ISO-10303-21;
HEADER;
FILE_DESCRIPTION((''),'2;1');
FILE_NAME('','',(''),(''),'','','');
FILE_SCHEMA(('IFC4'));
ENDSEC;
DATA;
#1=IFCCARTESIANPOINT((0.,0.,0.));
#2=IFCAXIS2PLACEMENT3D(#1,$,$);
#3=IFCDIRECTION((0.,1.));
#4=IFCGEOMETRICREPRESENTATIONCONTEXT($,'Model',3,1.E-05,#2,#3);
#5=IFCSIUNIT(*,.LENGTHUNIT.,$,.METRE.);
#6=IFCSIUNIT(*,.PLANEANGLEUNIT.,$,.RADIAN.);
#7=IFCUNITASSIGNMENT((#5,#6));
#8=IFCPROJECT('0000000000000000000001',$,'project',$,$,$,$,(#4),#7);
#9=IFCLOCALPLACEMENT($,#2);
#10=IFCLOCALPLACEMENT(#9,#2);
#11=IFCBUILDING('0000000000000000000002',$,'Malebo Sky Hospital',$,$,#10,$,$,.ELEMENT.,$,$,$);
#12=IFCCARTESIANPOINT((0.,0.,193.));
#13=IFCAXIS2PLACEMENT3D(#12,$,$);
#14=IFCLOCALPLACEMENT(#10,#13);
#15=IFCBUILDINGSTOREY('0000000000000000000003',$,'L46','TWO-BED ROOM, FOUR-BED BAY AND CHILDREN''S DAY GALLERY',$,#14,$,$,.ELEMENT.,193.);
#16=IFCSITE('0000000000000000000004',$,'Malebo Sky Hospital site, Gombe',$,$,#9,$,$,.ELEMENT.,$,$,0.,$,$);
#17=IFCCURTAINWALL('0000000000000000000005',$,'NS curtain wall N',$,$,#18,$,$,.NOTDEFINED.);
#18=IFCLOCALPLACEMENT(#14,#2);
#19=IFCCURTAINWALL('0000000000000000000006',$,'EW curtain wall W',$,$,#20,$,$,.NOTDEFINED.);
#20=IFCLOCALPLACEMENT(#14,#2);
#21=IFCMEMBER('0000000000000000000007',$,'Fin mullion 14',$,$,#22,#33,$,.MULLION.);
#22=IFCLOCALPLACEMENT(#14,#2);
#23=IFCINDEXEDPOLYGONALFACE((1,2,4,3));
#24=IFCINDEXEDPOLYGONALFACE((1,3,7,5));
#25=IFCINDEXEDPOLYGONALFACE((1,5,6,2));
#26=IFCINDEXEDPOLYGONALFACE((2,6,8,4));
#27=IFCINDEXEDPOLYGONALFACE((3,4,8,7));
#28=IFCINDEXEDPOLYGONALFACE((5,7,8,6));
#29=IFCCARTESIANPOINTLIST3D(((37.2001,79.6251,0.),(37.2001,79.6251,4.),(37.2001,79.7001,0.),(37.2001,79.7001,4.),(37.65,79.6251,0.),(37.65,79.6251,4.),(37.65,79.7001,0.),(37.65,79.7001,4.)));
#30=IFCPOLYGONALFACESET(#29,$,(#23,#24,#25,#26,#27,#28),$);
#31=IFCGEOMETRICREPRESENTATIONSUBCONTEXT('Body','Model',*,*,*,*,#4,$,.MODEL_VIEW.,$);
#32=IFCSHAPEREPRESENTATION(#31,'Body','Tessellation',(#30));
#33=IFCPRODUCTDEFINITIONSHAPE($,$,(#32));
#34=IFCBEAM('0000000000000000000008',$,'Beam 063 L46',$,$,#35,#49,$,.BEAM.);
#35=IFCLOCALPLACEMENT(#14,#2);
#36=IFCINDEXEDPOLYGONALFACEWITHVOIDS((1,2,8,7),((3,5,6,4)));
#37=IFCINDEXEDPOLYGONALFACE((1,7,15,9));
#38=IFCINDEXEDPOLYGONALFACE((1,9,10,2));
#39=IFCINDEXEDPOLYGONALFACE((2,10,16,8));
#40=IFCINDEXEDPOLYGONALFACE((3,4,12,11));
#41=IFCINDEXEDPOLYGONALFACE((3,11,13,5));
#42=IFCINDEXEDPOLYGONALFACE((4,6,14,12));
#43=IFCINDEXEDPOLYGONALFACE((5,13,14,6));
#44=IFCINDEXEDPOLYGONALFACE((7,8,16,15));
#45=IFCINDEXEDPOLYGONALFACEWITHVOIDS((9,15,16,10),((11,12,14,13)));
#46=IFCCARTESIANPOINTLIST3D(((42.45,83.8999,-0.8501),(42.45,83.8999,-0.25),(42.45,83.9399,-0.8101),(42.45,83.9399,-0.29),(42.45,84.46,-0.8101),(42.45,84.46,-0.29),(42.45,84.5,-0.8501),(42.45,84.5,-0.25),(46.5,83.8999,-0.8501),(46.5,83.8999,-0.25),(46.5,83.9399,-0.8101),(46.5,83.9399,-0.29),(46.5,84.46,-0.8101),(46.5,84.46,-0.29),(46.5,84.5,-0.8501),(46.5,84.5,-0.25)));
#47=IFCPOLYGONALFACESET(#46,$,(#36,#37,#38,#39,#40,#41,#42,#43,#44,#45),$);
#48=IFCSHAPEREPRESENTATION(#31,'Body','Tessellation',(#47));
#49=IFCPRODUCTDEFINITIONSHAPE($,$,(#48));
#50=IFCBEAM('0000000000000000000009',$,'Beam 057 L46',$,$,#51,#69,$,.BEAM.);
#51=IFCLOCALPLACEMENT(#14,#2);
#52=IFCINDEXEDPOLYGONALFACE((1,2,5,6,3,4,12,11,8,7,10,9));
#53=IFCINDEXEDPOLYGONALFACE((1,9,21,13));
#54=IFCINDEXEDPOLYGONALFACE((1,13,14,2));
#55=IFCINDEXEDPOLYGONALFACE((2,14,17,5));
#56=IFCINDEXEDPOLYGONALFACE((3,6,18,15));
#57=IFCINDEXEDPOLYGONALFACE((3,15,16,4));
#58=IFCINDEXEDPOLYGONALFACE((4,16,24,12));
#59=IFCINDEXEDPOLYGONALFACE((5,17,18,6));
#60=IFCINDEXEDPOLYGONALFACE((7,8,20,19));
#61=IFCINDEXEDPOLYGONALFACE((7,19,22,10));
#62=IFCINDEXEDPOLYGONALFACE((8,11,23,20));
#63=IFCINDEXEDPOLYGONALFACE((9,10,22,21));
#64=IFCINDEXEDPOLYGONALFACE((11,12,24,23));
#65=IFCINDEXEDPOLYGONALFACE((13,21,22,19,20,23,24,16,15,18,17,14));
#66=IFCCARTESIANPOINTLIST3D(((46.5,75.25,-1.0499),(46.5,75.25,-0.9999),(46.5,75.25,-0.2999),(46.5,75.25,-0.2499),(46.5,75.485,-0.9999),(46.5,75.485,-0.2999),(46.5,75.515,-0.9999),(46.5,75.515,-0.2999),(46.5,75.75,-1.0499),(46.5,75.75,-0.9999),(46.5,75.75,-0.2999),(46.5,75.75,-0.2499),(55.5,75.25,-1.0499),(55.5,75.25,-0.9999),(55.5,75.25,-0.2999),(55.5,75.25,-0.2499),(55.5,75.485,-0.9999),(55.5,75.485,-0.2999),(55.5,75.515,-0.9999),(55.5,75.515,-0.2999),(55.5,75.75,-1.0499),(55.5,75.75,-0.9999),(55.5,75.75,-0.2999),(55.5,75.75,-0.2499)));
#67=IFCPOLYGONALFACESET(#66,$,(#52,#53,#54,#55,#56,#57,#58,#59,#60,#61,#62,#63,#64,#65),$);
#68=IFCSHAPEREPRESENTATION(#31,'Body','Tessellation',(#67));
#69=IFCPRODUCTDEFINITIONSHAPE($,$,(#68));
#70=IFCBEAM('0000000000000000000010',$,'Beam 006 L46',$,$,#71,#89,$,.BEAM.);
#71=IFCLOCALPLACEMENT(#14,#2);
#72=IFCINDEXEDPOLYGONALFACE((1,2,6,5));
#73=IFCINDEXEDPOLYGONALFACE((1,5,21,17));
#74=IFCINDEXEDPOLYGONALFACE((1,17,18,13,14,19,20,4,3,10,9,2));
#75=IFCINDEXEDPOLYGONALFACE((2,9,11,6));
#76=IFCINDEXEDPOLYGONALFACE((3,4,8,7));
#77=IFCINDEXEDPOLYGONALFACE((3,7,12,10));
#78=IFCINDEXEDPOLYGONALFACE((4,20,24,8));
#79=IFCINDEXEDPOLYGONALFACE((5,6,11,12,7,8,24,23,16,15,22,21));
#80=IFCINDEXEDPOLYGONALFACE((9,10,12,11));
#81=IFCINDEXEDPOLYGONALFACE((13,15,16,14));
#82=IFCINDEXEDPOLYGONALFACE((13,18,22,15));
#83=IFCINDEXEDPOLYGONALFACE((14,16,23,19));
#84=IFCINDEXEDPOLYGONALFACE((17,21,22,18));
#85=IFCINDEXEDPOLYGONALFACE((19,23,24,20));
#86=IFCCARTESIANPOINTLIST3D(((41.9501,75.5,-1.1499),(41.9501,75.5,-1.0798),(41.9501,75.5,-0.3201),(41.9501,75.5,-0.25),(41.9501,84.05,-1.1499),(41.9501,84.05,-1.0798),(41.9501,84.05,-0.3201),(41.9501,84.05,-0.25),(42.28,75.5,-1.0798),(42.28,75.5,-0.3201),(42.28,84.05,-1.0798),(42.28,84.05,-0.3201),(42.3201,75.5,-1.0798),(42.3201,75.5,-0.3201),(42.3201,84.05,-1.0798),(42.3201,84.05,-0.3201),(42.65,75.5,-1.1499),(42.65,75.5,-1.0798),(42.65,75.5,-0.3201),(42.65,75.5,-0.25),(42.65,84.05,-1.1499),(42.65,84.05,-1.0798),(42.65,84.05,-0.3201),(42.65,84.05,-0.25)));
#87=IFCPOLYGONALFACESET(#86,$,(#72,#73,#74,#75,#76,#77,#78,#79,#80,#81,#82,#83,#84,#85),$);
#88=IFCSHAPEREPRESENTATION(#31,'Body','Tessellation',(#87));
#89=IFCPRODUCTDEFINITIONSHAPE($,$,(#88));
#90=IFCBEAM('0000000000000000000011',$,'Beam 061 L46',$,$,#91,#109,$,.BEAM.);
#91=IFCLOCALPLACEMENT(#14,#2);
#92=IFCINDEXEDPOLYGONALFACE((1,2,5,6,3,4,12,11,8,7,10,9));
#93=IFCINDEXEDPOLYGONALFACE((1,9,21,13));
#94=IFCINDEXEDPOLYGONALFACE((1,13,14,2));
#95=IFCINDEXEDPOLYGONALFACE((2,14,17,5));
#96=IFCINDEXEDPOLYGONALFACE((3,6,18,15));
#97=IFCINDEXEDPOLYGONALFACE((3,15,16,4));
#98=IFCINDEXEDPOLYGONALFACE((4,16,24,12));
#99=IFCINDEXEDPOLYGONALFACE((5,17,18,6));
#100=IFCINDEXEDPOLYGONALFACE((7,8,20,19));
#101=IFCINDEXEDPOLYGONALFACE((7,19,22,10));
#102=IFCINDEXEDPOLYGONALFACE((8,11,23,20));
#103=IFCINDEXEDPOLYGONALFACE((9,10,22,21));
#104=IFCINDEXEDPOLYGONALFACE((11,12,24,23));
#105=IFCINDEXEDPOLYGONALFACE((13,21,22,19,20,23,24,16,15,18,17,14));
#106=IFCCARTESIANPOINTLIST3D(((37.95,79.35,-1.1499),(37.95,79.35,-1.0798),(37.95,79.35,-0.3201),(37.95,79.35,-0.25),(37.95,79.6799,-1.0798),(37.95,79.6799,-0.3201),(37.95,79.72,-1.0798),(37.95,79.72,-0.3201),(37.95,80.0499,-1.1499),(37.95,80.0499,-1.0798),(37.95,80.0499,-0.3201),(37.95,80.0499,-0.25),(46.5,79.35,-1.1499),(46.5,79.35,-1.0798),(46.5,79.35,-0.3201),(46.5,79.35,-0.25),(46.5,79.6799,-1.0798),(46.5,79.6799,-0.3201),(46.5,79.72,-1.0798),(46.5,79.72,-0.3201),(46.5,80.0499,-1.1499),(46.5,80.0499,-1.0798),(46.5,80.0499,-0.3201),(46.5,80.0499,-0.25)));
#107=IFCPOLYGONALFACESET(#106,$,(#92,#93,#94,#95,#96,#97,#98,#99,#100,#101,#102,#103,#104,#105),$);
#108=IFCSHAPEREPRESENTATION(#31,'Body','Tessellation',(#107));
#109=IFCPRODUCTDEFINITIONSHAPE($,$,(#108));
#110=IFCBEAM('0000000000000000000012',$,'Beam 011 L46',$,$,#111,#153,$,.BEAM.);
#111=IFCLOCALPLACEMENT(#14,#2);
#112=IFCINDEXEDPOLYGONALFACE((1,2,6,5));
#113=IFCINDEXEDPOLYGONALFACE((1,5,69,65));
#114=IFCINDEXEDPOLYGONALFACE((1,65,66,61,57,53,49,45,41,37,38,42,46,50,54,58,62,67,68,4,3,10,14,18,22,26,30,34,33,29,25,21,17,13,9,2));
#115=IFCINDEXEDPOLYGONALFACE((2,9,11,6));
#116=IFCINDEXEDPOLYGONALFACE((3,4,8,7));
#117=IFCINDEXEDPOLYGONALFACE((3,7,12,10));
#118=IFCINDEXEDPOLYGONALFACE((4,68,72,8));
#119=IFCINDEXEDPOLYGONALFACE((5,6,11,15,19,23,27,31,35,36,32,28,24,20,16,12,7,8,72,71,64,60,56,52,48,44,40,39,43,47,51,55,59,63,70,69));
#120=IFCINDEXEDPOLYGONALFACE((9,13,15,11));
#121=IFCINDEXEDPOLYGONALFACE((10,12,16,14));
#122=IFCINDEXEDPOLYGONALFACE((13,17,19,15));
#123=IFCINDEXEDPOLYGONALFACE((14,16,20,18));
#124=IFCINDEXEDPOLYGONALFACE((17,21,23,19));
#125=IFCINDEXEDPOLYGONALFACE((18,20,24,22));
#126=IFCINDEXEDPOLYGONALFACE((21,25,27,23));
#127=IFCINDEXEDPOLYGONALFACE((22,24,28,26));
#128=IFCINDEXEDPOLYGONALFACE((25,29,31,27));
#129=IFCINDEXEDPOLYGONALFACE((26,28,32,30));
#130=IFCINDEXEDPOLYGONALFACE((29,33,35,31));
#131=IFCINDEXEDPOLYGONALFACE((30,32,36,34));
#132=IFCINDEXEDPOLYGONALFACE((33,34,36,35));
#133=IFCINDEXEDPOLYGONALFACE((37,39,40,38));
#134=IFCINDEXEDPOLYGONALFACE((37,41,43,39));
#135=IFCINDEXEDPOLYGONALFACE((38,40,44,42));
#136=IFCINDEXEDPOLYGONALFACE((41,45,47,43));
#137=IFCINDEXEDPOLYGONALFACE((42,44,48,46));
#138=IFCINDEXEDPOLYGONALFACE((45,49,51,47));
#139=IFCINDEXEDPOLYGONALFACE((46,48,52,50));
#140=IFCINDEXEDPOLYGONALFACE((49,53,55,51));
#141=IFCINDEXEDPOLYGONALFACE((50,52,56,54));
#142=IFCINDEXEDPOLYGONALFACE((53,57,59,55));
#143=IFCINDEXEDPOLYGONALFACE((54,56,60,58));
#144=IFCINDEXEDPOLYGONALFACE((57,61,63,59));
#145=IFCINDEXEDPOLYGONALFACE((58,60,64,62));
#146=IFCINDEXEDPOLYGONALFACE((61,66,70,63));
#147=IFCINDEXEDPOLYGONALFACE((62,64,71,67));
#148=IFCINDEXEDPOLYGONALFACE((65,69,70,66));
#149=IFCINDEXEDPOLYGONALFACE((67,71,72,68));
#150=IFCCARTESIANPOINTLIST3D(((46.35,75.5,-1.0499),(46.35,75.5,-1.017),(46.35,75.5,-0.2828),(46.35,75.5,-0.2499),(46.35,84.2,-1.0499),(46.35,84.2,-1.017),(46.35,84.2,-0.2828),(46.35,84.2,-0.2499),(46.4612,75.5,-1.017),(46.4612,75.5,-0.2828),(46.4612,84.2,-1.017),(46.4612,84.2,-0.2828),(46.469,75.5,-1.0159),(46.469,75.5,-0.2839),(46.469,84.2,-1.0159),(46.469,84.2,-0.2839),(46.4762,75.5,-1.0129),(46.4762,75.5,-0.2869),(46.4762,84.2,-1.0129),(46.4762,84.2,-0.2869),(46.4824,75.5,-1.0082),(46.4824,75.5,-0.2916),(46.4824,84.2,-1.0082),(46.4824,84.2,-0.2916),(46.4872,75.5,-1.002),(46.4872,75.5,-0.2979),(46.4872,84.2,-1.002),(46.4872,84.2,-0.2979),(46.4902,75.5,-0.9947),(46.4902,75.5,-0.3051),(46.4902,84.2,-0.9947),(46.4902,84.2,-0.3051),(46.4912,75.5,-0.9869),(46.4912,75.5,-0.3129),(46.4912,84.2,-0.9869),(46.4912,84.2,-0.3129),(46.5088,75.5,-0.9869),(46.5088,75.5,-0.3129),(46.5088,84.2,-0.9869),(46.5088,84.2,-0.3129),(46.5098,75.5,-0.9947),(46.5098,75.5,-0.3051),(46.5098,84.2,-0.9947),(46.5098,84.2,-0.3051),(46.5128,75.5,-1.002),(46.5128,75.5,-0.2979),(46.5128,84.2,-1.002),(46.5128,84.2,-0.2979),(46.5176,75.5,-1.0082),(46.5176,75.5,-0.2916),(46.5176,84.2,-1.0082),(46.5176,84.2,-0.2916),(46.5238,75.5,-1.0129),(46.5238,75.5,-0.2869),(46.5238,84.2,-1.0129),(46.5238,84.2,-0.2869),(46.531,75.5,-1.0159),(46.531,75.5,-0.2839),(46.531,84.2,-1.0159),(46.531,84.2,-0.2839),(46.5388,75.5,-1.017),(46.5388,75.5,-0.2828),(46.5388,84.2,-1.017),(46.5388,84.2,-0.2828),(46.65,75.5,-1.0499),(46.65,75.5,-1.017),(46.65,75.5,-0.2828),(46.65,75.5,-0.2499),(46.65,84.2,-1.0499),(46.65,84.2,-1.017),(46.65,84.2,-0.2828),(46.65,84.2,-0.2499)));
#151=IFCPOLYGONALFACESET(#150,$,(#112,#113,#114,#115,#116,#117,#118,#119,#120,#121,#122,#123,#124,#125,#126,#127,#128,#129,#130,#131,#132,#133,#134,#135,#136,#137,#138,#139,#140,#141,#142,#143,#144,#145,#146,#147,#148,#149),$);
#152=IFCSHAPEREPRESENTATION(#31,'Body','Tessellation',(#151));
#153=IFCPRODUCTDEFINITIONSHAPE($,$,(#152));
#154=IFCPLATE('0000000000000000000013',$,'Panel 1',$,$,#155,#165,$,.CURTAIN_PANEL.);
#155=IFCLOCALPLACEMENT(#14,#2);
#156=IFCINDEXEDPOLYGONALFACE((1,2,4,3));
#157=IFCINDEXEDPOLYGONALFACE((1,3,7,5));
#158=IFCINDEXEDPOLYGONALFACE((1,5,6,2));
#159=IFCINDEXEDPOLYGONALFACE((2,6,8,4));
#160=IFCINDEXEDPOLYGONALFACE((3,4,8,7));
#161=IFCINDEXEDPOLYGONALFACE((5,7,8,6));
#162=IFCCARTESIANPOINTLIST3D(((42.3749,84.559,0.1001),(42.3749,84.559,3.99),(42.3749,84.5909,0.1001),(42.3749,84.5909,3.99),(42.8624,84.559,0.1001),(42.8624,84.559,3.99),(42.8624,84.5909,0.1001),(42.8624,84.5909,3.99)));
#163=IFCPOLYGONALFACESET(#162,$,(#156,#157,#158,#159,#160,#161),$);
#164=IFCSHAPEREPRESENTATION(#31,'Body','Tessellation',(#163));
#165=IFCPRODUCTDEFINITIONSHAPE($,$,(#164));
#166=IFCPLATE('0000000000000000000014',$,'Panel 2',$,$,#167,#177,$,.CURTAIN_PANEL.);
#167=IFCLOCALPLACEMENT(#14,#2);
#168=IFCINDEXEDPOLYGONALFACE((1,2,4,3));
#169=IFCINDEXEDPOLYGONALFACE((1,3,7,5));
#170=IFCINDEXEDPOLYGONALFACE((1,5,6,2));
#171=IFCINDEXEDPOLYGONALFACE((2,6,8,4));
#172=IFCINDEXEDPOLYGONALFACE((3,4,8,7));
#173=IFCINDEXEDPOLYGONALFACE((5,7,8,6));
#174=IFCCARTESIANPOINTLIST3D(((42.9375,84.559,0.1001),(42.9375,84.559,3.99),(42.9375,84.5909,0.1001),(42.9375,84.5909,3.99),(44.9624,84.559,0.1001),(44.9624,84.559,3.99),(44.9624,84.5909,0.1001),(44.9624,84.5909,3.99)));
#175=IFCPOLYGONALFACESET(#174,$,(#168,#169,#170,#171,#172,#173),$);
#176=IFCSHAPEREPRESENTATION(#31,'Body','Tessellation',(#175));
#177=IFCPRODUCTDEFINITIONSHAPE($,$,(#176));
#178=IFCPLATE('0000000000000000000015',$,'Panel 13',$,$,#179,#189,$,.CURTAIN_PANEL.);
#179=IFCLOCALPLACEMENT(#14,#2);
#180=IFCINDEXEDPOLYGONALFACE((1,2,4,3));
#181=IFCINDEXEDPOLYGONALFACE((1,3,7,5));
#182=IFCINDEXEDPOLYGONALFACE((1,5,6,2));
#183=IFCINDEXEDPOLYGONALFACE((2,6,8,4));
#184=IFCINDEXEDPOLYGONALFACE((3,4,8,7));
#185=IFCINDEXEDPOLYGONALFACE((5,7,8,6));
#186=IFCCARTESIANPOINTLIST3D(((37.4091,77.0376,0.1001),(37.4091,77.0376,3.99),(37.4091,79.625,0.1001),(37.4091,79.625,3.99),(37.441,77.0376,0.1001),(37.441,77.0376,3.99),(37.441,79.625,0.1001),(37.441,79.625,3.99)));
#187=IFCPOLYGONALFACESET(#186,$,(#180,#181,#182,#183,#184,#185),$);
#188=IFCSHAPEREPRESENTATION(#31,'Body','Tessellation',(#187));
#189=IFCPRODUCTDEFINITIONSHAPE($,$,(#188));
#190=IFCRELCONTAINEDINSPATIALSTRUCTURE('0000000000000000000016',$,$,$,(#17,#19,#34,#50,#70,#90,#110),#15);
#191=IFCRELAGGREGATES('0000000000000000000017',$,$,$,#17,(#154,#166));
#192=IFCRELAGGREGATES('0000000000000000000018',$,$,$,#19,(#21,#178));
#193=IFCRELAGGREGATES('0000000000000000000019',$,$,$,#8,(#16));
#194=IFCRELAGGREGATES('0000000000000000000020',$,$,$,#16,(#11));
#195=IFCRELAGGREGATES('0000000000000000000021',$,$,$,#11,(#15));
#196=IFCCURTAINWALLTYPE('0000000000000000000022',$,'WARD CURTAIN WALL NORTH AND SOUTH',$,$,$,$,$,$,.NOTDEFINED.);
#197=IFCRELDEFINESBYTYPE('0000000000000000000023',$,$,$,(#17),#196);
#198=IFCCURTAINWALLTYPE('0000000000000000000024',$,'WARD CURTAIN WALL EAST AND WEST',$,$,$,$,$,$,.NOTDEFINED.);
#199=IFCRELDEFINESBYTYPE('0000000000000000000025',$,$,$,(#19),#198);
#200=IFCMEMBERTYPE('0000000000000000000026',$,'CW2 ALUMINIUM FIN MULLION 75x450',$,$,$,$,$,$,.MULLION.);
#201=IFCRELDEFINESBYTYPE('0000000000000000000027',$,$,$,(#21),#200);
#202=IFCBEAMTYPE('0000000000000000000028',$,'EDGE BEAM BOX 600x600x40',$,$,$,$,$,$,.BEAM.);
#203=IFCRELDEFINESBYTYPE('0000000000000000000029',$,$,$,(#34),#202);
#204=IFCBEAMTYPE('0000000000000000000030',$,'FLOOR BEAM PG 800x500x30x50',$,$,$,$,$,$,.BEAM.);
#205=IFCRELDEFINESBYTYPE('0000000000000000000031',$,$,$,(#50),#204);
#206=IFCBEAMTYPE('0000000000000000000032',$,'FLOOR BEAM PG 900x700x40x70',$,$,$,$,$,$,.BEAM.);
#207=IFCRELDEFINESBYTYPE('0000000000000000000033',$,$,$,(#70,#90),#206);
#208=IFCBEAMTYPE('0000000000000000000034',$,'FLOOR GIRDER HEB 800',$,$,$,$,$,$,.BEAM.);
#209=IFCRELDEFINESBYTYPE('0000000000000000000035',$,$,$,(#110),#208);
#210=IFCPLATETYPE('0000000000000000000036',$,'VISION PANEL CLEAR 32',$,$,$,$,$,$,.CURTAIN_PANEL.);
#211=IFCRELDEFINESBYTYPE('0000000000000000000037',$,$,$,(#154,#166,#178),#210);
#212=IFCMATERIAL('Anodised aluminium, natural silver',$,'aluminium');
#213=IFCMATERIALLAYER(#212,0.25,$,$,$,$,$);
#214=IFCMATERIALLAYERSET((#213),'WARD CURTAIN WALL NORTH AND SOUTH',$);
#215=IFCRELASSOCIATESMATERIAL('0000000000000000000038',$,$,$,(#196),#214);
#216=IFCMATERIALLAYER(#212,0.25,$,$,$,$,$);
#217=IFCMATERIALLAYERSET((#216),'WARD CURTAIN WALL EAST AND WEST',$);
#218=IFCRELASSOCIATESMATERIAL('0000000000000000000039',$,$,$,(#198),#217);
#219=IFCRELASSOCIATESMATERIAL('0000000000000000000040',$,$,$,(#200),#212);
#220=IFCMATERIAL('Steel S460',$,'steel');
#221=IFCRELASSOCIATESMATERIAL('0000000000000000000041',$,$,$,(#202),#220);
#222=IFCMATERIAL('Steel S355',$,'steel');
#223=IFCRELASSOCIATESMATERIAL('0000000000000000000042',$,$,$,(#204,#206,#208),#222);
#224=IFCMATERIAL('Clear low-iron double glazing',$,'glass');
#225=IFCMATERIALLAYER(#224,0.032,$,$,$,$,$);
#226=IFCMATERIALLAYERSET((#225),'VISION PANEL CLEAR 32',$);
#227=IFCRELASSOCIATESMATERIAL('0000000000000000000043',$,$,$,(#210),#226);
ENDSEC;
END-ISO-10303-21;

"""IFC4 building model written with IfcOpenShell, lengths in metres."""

from ifc_helpers import new_model, si_unit, direction, frame, origin, origin_2d, place, context, subcontext, project, spatial, rectangle, hollow_rectangle, i_section, extrude, material, layer, layer_set, material_profile, profile_set, type_object, element, aggregate, save


model = new_model("IFC4")

# Units and contexts
model_context = context("Model", 3, precision=1e-05, world=origin(), true_north=direction((0.0, 1.0)))
body_context = subcontext(model_context, "Body", "Model", "MODEL_VIEW")
ifc_project = project(units=[si_unit("LENGTHUNIT", "METRE"), si_unit("PLANEANGLEUNIT", "RADIAN")], contexts=[model_context])

# Site, building, storey
site_placement = place(None, origin())
site = spatial("IfcSite", under=ifc_project, at=site_placement, Name="Malebo Sky Hospital site, Gombe", CompositionType="ELEMENT", RefElevation=0.0)
building_placement = place(site_placement, origin())
building = spatial("IfcBuilding", under=site, at=building_placement, Name="Malebo Sky Hospital", CompositionType="ELEMENT")
storey_placement = place(building_placement, frame((0.0, 0.0, 193.0)))
storey = spatial("IfcBuildingStorey", under=building, at=storey_placement, Name="L46", Description="TWO-BED ROOM, FOUR-BED BAY AND CHILDREN'S DAY GALLERY", CompositionType="ELEMENT", Elevation=193.0)

# Shared definitions
ifc_material_1 = material(Name="Steel S460", Category="steel")

# Curtain wall
ifc_material_2 = material(Name="Anodised aluminium, natural silver", Category="aluminium")
ifc_layer_1 = layer(ifc_material_2, 0.25)
ifc_layer_set_1 = layer_set([ifc_layer_1], Name="WARD CURTAIN WALL NORTH AND SOUTH")
curtain_wall_type_1 = type_object("IfcCurtainWallType", Name="WARD CURTAIN WALL NORTH AND SOUTH", PredefinedType="NOTDEFINED", material=ifc_layer_set_1)
curtain_wall_1_placement = place(storey_placement, origin())
curtain_wall_1 = element("IfcCurtainWall", 1, at=curtain_wall_1_placement, inside=storey, type_object=curtain_wall_type_1, Name="NS curtain wall N", PredefinedType="NOTDEFINED")

# Curtain wall
ifc_layer_2 = layer(ifc_material_2, 0.25)
ifc_layer_set_2 = layer_set([ifc_layer_2], Name="WARD CURTAIN WALL EAST AND WEST")
curtain_wall_type_2 = type_object("IfcCurtainWallType", Name="WARD CURTAIN WALL EAST AND WEST", PredefinedType="NOTDEFINED", material=ifc_layer_set_2)
curtain_wall_2_placement = place(storey_placement, origin())
curtain_wall_2 = element("IfcCurtainWall", 2, at=curtain_wall_2_placement, inside=storey, type_object=curtain_wall_type_2, Name="EW curtain wall W", PredefinedType="NOTDEFINED")

# Member
ifc_material_profile_1 = material_profile(ifc_material_2, rectangle(XDim=0.075, YDim=0.45, at=origin_2d()), Name="CW2 ALUMINIUM FIN MULLION 75x450")
ifc_profile_set_1 = profile_set([ifc_material_profile_1], Name="Anodised aluminium, natural silver")
member_type_1 = type_object("IfcMemberType", Name="CW2 ALUMINIUM FIN MULLION 75x450", PredefinedType="MULLION", material=ifc_profile_set_1)
member_1_placement = place(storey_placement, frame((37.425, 79.6626, 0.0), z_axis=(0.0, 0.0, 1.0), x_axis=(0.0, 1.0, 0.0)))
member_1 = element("IfcMember", 3, at=member_1_placement, type_object=member_type_1, Name="Fin mullion 14", PredefinedType="MULLION", context=body_context, shape_type="SweptSolid", body=[
    extrude(rectangle(XDim=0.075, YDim=0.45, at=origin_2d()), origin(), (0.0, 0.0, 1.0), 4.0),
])

# Beams
ifc_material_profile_2 = material_profile(ifc_material_1, hollow_rectangle(XDim=0.6001, YDim=0.6001, WallThickness=0.04, at=origin_2d()), Name="BOX 600x600x40")
ifc_profile_set_2 = profile_set([ifc_material_profile_2], Name="Steel S460")
beam_type_1 = type_object("IfcBeamType", Name="EDGE BEAM BOX 600x600x40", PredefinedType="BEAM", material=ifc_profile_set_2)
beam_1_placement = place(storey_placement, frame((42.45, 84.2, -0.55), z_axis=(1.0, 0.0, 0.0), x_axis=(0.0, 1.0, 0.0)))
element("IfcBeam", 4, at=beam_1_placement, inside=storey, type_object=beam_type_1, Name="Beam 063 L46", PredefinedType="BEAM", context=body_context, shape_type="SweptSolid", body=[
    extrude(hollow_rectangle(XDim=0.6001, YDim=0.6001, WallThickness=0.04, at=origin_2d()), origin(), (0.0, 0.0, 1.0), 4.05),
])
ifc_material_3 = material(Name="Steel S355", Category="steel")
ifc_material_profile_3 = material_profile(ifc_material_3, i_section(OverallWidth=0.5, OverallDepth=0.8, WebThickness=0.03, FlangeThickness=0.05, at=origin_2d()), Name="PG 800x500x30x50")
ifc_profile_set_3 = profile_set([ifc_material_profile_3], Name="Steel S355")
beam_type_2 = type_object("IfcBeamType", Name="FLOOR BEAM PG 800x500x30x50", PredefinedType="BEAM", material=ifc_profile_set_3)
beam_2_placement = place(storey_placement, frame((46.5, 75.5, -0.6499), z_axis=(1.0, 0.0, 0.0), x_axis=(0.0, 1.0, 0.0)))
element("IfcBeam", 5, at=beam_2_placement, inside=storey, type_object=beam_type_2, Name="Beam 057 L46", PredefinedType="BEAM", context=body_context, shape_type="SweptSolid", body=[
    extrude(i_section(OverallWidth=0.5, OverallDepth=0.8, WebThickness=0.03, FlangeThickness=0.05, at=origin_2d()), origin(), (0.0, 0.0, 1.0), 9.0),
])
ifc_material_profile_4 = material_profile(ifc_material_3, i_section(OverallWidth=0.7, OverallDepth=0.8999, WebThickness=0.04, FlangeThickness=0.0701, at=origin_2d()), Name="PG 900x700x40x70")
ifc_profile_set_4 = profile_set([ifc_material_profile_4], Name="Steel S355")
beam_type_3 = type_object("IfcBeamType", Name="FLOOR BEAM PG 900x700x40x70", PredefinedType="BEAM", material=ifc_profile_set_4)
for number, where, z_axis, x_axis, name in (
    (6, (42.3, 75.5, -0.7), (0.0, 1.0, 0.0), (-1.0, 0.0, 0.0), "Beam 006 L46"),
    (7, (37.95, 79.7, -0.7), (1.0, 0.0, 0.0), (0.0, 1.0, 0.0), "Beam 061 L46"),
):
    element("IfcBeam", number, at=place(storey_placement, frame(where, z_axis=z_axis, x_axis=x_axis)), inside=storey, type_object=beam_type_3, Name=name, PredefinedType="BEAM", context=body_context, shape_type="SweptSolid", body=[
        extrude(i_section(OverallWidth=0.7, OverallDepth=0.8999, WebThickness=0.04, FlangeThickness=0.0701, at=origin_2d()), origin(), (0.0, 0.0, 1.0), 8.55),
    ])
ifc_material_profile_5 = material_profile(ifc_material_3, i_section(OverallWidth=0.3, OverallDepth=0.8, WebThickness=0.0176, FlangeThickness=0.033, FilletRadius=0.03, at=origin_2d()), Name="HEB 800")
ifc_profile_set_5 = profile_set([ifc_material_profile_5], Name="Steel S355")
beam_type_4 = type_object("IfcBeamType", Name="FLOOR GIRDER HEB 800", PredefinedType="BEAM", material=ifc_profile_set_5)
beam_3_placement = place(storey_placement, frame((46.5, 75.5, -0.6499), z_axis=(0.0, 1.0, 0.0), x_axis=(-1.0, 0.0, 0.0)))
element("IfcBeam", 8, at=beam_3_placement, inside=storey, type_object=beam_type_4, Name="Beam 011 L46", PredefinedType="BEAM", context=body_context, shape_type="SweptSolid", body=[
    extrude(i_section(OverallWidth=0.3, OverallDepth=0.8, WebThickness=0.0176, FlangeThickness=0.033, FilletRadius=0.03, at=origin_2d()), origin(), (0.0, 0.0, 1.0), 8.7),
])

# Plates
ifc_material_4 = material(Name="Clear low-iron double glazing", Category="glass")
ifc_layer_3 = layer(ifc_material_4, 0.032)
ifc_layer_set_3 = layer_set([ifc_layer_3], Name="VISION PANEL CLEAR 32")
plate_type = type_object("IfcPlateType", Name="VISION PANEL CLEAR 32", PredefinedType="CURTAIN_PANEL", material=ifc_layer_set_3)
plate_1_placement = place(storey_placement, frame((42.6187, 84.575, 0.1001), z_axis=(0.0, 0.0, 1.0), x_axis=(1.0, 0.0, 0.0)))
plate_1 = element("IfcPlate", 9, at=plate_1_placement, type_object=plate_type, Name="Panel 1", PredefinedType="CURTAIN_PANEL", context=body_context, shape_type="SweptSolid", body=[
    extrude(rectangle(XDim=0.4875, YDim=0.032, at=origin_2d()), origin(), (0.0, 0.0, 1.0), 3.8899),
])
plate_2_placement = place(storey_placement, frame((43.95, 84.575, 0.1001), z_axis=(0.0, 0.0, 1.0), x_axis=(1.0, 0.0, 0.0)))
plate_2 = element("IfcPlate", 10, at=plate_2_placement, type_object=plate_type, Name="Panel 2", PredefinedType="CURTAIN_PANEL", context=body_context, shape_type="SweptSolid", body=[
    extrude(rectangle(XDim=2.0249, YDim=0.032, at=origin_2d()), origin(), (0.0, 0.0, 1.0), 3.8899),
])
aggregate(curtain_wall_1, [plate_1, plate_2])
plate_3_placement = place(storey_placement, frame((37.425, 78.3313, 0.1001), z_axis=(0.0, 0.0, 1.0), x_axis=(0.0, 1.0, 0.0)))
plate_3 = element("IfcPlate", 11, at=plate_3_placement, type_object=plate_type, Name="Panel 13", PredefinedType="CURTAIN_PANEL", context=body_context, shape_type="SweptSolid", body=[
    extrude(rectangle(XDim=2.5874, YDim=0.032, at=origin_2d()), origin(), (0.0, 0.0, 1.0), 3.8899),
])
aggregate(curtain_wall_2, [member_1, plate_3])

save(model, "model.ifc")
